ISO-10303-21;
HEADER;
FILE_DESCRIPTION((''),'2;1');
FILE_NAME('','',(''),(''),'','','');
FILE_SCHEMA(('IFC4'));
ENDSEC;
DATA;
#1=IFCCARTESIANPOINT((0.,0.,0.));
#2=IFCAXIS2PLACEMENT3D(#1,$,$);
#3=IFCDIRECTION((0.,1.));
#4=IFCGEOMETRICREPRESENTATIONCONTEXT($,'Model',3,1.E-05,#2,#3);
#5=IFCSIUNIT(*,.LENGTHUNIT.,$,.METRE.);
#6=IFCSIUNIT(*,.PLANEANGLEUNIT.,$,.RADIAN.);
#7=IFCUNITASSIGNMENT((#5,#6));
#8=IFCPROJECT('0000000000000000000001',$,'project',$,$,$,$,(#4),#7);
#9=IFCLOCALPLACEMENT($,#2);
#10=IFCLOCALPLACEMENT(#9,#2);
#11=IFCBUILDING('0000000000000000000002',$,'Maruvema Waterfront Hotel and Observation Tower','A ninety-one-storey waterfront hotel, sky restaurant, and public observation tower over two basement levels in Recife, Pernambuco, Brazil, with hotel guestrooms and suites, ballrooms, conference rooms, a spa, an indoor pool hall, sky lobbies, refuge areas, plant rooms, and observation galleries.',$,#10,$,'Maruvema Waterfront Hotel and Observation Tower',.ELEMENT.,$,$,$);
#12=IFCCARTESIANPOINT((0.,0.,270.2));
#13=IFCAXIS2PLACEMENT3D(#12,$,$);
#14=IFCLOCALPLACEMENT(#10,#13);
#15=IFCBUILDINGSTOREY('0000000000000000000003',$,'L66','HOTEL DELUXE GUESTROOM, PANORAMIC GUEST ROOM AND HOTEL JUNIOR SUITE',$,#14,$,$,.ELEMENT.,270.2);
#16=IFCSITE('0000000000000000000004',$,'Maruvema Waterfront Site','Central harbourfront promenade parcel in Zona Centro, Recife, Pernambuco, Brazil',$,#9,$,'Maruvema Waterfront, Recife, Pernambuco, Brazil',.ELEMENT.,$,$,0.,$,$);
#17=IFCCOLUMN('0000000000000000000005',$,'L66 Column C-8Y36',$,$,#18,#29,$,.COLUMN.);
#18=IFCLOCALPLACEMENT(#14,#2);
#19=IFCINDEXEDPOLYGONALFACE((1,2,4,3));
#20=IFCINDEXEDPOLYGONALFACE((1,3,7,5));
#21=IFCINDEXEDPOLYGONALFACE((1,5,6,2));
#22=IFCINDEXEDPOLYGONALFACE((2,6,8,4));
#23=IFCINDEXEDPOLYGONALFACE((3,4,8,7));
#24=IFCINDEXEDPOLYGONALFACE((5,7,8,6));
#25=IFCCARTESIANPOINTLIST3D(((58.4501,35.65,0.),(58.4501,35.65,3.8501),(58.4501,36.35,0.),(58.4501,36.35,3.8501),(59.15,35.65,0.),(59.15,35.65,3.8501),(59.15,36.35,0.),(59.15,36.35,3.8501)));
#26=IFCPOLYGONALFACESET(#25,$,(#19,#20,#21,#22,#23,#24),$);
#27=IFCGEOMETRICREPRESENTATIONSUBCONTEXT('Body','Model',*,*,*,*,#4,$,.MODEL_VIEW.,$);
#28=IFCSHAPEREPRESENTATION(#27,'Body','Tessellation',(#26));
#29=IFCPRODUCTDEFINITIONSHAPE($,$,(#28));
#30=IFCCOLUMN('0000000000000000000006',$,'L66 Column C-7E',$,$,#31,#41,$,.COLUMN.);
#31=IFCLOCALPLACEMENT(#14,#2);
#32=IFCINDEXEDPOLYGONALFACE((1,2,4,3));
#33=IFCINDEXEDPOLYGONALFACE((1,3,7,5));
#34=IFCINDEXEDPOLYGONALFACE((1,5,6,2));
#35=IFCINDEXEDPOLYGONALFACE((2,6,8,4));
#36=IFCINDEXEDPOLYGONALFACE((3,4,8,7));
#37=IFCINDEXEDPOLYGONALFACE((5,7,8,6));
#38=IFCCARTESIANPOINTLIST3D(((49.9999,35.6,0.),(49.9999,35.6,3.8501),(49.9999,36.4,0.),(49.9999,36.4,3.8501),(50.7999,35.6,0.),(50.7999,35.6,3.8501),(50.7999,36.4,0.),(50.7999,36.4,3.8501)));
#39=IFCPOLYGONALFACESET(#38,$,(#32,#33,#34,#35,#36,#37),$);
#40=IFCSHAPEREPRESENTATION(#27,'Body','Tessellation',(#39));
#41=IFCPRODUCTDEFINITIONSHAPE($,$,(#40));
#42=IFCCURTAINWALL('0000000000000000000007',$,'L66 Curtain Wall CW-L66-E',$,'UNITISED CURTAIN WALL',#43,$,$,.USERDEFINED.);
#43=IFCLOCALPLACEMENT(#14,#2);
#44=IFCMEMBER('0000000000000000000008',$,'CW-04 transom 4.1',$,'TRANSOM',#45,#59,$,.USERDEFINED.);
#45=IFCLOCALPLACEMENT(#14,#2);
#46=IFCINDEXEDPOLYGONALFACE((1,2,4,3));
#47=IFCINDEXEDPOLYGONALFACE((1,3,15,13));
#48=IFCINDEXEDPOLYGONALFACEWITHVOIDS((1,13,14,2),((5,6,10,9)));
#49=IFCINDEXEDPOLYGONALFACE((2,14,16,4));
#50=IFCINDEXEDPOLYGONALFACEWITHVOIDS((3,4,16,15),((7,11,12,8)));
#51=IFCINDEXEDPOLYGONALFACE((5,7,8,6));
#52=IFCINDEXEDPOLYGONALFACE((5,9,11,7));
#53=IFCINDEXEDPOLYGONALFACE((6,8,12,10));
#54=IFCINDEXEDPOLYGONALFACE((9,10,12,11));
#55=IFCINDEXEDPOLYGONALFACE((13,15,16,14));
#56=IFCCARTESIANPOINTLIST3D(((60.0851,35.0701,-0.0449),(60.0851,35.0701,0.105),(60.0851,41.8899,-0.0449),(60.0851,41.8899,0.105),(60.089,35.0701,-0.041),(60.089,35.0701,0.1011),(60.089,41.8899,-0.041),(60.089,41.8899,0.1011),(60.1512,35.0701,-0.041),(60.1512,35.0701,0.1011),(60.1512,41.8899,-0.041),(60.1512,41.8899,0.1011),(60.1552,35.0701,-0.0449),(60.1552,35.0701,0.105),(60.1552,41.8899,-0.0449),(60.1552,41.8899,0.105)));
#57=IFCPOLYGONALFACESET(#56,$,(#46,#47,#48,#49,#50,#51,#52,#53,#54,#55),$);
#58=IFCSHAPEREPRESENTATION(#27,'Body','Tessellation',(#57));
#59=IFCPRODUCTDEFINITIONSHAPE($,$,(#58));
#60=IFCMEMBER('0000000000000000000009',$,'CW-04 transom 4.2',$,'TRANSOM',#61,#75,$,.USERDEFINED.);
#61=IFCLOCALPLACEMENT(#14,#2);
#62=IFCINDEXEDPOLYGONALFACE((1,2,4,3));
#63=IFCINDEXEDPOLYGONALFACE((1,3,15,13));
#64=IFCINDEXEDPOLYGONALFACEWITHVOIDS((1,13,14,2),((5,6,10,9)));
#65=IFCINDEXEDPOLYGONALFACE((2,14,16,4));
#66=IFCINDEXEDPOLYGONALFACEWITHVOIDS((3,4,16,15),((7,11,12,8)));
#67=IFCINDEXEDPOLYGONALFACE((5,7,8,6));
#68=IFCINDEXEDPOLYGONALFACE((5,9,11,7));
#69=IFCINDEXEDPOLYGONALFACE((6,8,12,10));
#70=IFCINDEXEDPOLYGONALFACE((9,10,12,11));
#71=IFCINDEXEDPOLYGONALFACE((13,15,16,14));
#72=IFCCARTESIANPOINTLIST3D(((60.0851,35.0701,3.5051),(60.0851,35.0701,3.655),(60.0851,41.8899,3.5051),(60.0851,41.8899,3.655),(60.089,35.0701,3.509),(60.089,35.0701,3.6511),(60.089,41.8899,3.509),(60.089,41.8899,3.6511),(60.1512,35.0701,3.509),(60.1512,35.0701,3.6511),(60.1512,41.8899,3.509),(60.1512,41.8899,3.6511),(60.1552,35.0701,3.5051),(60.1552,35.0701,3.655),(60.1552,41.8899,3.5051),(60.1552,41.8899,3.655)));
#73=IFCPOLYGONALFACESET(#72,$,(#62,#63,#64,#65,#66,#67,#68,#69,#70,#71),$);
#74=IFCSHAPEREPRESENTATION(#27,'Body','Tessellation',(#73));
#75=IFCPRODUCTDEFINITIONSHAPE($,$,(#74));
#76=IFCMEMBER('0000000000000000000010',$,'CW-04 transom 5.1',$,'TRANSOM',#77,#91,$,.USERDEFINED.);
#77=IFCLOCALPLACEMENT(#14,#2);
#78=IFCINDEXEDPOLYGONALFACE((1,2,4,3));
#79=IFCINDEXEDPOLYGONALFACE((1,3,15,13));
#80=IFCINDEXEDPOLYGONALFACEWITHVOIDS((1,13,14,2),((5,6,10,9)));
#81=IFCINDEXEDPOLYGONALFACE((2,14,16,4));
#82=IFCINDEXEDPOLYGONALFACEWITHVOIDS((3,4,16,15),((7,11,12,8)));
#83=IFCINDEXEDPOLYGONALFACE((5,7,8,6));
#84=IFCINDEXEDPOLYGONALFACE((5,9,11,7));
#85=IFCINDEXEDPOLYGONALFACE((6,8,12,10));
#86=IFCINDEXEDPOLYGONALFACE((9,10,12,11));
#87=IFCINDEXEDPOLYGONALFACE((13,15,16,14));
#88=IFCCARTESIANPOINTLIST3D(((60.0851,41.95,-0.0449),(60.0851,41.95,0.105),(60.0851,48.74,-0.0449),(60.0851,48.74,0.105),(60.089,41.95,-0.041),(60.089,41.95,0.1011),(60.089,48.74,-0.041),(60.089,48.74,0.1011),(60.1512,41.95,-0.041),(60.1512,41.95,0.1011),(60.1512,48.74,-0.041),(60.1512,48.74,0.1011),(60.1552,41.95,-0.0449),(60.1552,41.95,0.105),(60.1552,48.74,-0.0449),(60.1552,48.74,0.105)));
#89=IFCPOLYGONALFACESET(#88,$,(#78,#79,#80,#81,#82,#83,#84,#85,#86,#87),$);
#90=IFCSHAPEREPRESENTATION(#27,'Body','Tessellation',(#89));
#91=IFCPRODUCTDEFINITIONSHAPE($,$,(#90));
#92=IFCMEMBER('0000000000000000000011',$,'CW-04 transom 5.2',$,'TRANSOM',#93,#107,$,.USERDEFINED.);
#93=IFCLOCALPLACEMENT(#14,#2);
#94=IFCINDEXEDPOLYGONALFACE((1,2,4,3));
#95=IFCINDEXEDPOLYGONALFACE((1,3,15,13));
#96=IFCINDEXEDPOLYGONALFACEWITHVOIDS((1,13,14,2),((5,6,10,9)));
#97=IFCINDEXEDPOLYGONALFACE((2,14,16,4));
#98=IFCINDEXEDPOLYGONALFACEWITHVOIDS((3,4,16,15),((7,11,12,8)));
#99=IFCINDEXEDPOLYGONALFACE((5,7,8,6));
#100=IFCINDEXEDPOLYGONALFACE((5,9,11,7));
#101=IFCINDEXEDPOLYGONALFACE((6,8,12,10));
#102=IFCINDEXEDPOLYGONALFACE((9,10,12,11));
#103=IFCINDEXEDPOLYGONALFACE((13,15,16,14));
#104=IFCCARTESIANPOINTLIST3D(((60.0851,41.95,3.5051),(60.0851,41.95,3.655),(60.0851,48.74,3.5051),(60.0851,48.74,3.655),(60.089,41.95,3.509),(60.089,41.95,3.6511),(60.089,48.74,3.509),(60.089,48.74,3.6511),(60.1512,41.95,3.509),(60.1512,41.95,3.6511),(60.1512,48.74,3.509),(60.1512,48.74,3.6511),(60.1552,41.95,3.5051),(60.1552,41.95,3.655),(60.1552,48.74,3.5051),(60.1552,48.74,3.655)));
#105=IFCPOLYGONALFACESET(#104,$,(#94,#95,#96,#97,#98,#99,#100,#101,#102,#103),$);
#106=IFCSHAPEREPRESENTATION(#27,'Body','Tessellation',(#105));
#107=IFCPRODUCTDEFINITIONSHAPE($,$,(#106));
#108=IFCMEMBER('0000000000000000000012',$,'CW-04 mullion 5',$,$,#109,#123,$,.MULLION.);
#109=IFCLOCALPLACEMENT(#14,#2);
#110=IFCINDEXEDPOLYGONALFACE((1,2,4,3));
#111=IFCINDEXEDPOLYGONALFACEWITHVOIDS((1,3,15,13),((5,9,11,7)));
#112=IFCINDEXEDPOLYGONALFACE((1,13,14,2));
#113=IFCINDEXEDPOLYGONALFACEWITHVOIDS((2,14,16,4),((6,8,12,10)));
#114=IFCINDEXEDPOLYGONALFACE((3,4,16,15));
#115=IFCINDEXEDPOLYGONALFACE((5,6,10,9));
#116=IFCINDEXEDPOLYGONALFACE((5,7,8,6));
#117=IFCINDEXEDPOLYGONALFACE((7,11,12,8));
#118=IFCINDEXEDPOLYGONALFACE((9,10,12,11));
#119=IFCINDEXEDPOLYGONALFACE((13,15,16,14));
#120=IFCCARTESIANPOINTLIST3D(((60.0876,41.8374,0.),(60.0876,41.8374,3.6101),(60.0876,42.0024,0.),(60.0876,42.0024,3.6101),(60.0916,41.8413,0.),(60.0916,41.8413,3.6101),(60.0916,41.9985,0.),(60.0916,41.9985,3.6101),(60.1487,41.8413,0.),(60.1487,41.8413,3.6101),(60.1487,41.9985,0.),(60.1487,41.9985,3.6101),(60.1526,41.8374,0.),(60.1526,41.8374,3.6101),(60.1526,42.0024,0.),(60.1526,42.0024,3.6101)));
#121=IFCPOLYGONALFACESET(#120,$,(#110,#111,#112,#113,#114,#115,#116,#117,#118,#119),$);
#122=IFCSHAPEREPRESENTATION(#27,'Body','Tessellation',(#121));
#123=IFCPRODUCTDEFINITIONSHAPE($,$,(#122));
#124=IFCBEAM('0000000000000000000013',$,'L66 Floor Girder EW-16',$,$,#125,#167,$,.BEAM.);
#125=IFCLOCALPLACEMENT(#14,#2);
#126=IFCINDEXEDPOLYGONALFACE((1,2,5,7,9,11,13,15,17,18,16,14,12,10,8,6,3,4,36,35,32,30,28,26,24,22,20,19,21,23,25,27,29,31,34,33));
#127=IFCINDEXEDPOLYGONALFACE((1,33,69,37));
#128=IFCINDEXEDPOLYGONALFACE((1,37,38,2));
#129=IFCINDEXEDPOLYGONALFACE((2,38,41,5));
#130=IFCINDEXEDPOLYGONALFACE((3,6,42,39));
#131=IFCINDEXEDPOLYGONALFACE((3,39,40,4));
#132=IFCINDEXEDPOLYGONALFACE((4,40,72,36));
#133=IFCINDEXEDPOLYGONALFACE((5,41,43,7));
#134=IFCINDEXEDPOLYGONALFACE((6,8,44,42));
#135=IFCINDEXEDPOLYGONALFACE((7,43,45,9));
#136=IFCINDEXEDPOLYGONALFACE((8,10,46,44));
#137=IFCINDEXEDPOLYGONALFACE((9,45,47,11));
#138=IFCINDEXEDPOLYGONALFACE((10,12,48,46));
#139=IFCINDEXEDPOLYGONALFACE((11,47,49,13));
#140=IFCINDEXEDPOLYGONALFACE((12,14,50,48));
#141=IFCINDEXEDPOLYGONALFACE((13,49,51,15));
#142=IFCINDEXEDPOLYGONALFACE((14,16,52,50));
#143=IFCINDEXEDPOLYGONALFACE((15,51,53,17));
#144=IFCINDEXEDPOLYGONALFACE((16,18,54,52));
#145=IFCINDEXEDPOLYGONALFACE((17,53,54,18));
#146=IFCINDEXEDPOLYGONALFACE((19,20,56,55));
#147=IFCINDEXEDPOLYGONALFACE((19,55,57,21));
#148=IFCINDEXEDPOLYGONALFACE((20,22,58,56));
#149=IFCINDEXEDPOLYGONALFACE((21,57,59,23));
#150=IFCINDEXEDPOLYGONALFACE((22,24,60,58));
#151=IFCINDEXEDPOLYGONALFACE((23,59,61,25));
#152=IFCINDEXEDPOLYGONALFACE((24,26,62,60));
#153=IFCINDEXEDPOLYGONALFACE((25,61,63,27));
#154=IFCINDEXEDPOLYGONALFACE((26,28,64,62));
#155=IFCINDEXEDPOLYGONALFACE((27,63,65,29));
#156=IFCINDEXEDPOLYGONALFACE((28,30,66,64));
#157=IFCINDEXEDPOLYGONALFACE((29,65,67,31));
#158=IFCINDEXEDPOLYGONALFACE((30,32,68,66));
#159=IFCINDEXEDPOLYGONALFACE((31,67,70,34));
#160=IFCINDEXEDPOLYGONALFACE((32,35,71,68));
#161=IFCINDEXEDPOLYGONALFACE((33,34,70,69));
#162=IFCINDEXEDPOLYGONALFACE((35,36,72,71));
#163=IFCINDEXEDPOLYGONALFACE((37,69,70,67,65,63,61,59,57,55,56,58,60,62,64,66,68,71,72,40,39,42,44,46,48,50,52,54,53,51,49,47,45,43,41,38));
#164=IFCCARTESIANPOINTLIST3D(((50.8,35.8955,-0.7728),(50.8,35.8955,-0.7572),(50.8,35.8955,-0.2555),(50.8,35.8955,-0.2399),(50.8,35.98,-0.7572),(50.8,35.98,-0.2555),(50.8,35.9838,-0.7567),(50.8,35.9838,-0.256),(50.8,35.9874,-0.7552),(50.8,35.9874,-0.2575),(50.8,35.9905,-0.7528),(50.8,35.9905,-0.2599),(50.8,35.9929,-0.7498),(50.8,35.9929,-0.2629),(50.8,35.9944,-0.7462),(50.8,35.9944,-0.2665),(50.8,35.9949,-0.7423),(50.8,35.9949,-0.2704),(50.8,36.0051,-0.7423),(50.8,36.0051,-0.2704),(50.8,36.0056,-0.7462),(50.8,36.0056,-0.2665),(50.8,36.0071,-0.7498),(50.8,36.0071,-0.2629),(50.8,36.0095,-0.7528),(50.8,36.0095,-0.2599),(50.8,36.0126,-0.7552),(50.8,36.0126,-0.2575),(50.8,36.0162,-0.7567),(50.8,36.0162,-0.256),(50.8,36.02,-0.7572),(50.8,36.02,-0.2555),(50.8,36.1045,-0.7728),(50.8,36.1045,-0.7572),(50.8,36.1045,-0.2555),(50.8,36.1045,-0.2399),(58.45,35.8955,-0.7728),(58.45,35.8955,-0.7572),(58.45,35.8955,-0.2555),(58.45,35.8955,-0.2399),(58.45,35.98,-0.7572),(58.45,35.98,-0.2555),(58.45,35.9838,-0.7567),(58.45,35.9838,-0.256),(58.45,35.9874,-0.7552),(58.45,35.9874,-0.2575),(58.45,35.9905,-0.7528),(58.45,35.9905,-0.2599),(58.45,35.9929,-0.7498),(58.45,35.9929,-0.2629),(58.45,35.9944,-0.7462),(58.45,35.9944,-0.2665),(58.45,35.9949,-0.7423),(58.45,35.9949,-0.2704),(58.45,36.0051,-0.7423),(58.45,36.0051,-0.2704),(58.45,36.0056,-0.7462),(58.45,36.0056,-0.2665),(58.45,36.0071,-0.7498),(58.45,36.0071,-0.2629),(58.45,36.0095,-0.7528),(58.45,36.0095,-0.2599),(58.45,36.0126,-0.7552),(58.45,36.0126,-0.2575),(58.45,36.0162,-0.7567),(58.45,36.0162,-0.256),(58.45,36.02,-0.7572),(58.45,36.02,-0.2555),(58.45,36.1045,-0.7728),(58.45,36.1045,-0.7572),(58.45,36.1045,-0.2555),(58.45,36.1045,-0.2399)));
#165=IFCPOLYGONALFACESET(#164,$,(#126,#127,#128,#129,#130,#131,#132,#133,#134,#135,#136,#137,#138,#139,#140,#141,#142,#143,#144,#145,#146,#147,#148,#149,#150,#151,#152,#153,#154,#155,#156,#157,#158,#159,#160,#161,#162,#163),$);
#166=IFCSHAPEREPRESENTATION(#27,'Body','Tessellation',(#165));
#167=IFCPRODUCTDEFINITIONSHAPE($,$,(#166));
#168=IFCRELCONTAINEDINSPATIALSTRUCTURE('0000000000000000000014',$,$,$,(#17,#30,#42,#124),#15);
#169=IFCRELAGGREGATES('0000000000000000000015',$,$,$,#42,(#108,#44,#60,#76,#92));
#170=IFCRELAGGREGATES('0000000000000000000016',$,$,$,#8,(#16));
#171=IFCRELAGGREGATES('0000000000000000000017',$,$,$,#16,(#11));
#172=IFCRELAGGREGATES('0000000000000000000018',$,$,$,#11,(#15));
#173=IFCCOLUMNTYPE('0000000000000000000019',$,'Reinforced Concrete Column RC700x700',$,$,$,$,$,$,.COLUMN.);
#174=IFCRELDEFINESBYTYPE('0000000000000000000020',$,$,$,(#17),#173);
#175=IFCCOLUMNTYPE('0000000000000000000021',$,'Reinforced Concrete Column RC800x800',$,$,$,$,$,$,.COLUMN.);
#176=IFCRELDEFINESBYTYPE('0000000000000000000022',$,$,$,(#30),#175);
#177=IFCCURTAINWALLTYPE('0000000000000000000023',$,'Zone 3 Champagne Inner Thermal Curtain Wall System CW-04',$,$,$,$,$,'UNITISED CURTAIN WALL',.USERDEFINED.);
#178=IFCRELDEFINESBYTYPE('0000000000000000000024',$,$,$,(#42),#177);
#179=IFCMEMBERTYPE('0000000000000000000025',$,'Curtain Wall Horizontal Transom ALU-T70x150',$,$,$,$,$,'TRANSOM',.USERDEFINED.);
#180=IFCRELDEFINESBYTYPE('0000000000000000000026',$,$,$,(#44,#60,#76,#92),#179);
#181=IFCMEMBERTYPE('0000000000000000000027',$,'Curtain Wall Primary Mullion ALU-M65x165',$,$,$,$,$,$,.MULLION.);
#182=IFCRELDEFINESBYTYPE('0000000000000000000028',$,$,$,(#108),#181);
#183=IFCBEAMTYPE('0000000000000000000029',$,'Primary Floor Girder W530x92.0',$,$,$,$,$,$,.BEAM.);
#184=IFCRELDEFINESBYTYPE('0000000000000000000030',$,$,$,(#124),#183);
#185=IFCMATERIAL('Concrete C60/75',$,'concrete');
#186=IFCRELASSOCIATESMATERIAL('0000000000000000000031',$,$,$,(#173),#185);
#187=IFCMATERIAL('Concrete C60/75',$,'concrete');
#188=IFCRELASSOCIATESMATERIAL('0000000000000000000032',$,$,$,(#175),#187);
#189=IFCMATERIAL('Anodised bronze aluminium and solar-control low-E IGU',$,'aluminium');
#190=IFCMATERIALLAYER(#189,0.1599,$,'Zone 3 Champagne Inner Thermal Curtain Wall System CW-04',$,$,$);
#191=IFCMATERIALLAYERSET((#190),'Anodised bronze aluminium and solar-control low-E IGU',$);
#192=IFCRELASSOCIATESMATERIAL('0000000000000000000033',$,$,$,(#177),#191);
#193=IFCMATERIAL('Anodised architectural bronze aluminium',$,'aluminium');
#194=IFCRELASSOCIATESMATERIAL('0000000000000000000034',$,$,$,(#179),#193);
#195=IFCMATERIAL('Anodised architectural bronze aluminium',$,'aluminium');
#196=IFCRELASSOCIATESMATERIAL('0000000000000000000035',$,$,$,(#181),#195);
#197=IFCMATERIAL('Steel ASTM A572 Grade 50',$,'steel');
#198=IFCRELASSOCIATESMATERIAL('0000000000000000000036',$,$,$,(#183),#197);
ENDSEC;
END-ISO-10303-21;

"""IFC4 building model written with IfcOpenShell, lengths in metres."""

from ifc_helpers import new_model, si_unit, direction, frame, origin, origin_2d, place, context, subcontext, project, spatial, rectangle, hollow_rectangle, i_section, extrude, material, layer, layer_set, material_profile, profile_set, type_object, element, aggregate, save


model = new_model("IFC4")

# Units and contexts
model_context = context("Model", 3, precision=1e-05, world=origin(), true_north=direction((0.0, 1.0)))
body_context = subcontext(model_context, "Body", "Model", "MODEL_VIEW")
ifc_project = project(units=[si_unit("LENGTHUNIT", "METRE"), si_unit("PLANEANGLEUNIT", "RADIAN")], contexts=[model_context])

# Site, building, storey
site_placement = place(None, origin())
site = spatial("IfcSite", under=ifc_project, at=site_placement, Name="Maruvema Waterfront Site", Description="Central harbourfront promenade parcel in Zona Centro, Recife, Pernambuco, Brazil", LongName="Maruvema Waterfront, Recife, Pernambuco, Brazil", CompositionType="ELEMENT", RefElevation=0.0)
building_placement = place(site_placement, origin())
building = spatial("IfcBuilding", under=site, at=building_placement, Name="Maruvema Waterfront Hotel and Observation Tower", Description="A ninety-one-storey waterfront hotel, sky restaurant, and public observation tower over two basement levels in Recife, Pernambuco, Brazil, with hotel guestrooms and suites, ballrooms, conference rooms, a spa, an indoor pool hall, sky lobbies, refuge areas, plant rooms, and observation galleries.", LongName="Maruvema Waterfront Hotel and Observation Tower", CompositionType="ELEMENT")
storey_placement = place(building_placement, frame((0.0, 0.0, 270.2)))
storey = spatial("IfcBuildingStorey", under=building, at=storey_placement, Name="L66", Description="HOTEL DELUXE GUESTROOM, PANORAMIC GUEST ROOM AND HOTEL JUNIOR SUITE", CompositionType="ELEMENT", Elevation=270.2)

# Columns
ifc_material_1 = material(Name="Concrete C60/75", Category="concrete")
ifc_material_profile_1 = material_profile(ifc_material_1, rectangle(XDim=0.7, YDim=0.7, at=origin_2d()), Name="RC700x700")
ifc_profile_set_1 = profile_set([ifc_material_profile_1], Name="Concrete C60/75")
column_type_1 = type_object("IfcColumnType", Name="Reinforced Concrete Column RC700x700", PredefinedType="COLUMN", material=ifc_profile_set_1)
column_1_placement = place(storey_placement, frame((58.8, 36.0, 0.0), z_axis=(0.0, 0.0, 1.0), x_axis=(1.0, 0.0, 0.0)))
element("IfcColumn", 1, at=column_1_placement, inside=storey, type_object=column_type_1, Name="L66 Column C-8Y36", PredefinedType="COLUMN", context=body_context, shape_type="SweptSolid", body=[
    extrude(rectangle(XDim=0.7, YDim=0.7, at=origin_2d()), origin(), (0.0, 0.0, 1.0), 3.8501),
])
ifc_material_2 = material(Name="Concrete C60/75", Category="concrete")
ifc_material_profile_2 = material_profile(ifc_material_2, rectangle(XDim=0.8, YDim=0.8, at=origin_2d()), Name="RC800x800")
ifc_profile_set_2 = profile_set([ifc_material_profile_2], Name="Concrete C60/75")
column_type_2 = type_object("IfcColumnType", Name="Reinforced Concrete Column RC800x800", PredefinedType="COLUMN", material=ifc_profile_set_2)
column_2_placement = place(storey_placement, frame((50.3999, 36.0, 0.0), z_axis=(0.0, 0.0, 1.0), x_axis=(1.0, 0.0, 0.0)))
element("IfcColumn", 2, at=column_2_placement, inside=storey, type_object=column_type_2, Name="L66 Column C-7E", PredefinedType="COLUMN", context=body_context, shape_type="SweptSolid", body=[
    extrude(rectangle(XDim=0.8, YDim=0.8, at=origin_2d()), origin(), (0.0, 0.0, 1.0), 3.8501),
])

# Curtain wall, members
ifc_material_3 = material(Name="Anodised bronze aluminium and solar-control low-E IGU", Category="aluminium")
ifc_layer_1 = layer(ifc_material_3, 0.1599, Name="Zone 3 Champagne Inner Thermal Curtain Wall System CW-04")
ifc_layer_set_1 = layer_set([ifc_layer_1], Name="Anodised bronze aluminium and solar-control low-E IGU")
curtain_wall_type = type_object("IfcCurtainWallType", Name="Zone 3 Champagne Inner Thermal Curtain Wall System CW-04", ElementType="UNITISED CURTAIN WALL", PredefinedType="USERDEFINED", material=ifc_layer_set_1)
curtain_wall_placement = place(storey_placement, origin())
curtain_wall = element("IfcCurtainWall", 3, at=curtain_wall_placement, inside=storey, type_object=curtain_wall_type, Name="L66 Curtain Wall CW-L66-E", ObjectType="UNITISED CURTAIN WALL", PredefinedType="USERDEFINED")
ifc_material_4 = material(Name="Anodised architectural bronze aluminium", Category="aluminium")
ifc_material_profile_3 = material_profile(ifc_material_4, hollow_rectangle(XDim=0.0701, YDim=0.1499, WallThickness=0.0039, at=origin_2d()), Name="ALU-T70x150")
ifc_profile_set_3 = profile_set([ifc_material_profile_3], Name="Anodised architectural bronze aluminium")
member_type_1 = type_object("IfcMemberType", Name="Curtain Wall Horizontal Transom ALU-T70x150", ElementType="TRANSOM", PredefinedType="USERDEFINED", material=ifc_profile_set_3)
member_1_placement = place(storey_placement, frame((60.1201, 35.0701, 0.03), z_axis=(0.0, 1.0, 0.0), x_axis=(-1.0, 0.0, 0.0)))
member_1 = element("IfcMember", 4, at=member_1_placement, type_object=member_type_1, Name="CW-04 transom 4.1", ObjectType="TRANSOM", PredefinedType="USERDEFINED", context=body_context, shape_type="SweptSolid", body=[
    extrude(hollow_rectangle(XDim=0.0701, YDim=0.1499, WallThickness=0.0039, at=origin_2d()), origin(), (0.0, 0.0, 1.0), 6.8198),
])
member_2_placement = place(storey_placement, frame((60.1201, 35.0701, 3.5801), z_axis=(0.0, 1.0, 0.0), x_axis=(-1.0, 0.0, 0.0)))
member_2 = element("IfcMember", 5, at=member_2_placement, type_object=member_type_1, Name="CW-04 transom 4.2", ObjectType="TRANSOM", PredefinedType="USERDEFINED", context=body_context, shape_type="SweptSolid", body=[
    extrude(hollow_rectangle(XDim=0.0701, YDim=0.1499, WallThickness=0.0039, at=origin_2d()), origin(), (0.0, 0.0, 1.0), 6.8198),
])
member_3_placement = place(storey_placement, frame((60.1201, 41.95, 0.03), z_axis=(0.0, 1.0, 0.0), x_axis=(-1.0, 0.0, 0.0)))
member_3 = element("IfcMember", 6, at=member_3_placement, type_object=member_type_1, Name="CW-04 transom 5.1", ObjectType="TRANSOM", PredefinedType="USERDEFINED", context=body_context, shape_type="SweptSolid", body=[
    extrude(hollow_rectangle(XDim=0.0701, YDim=0.1499, WallThickness=0.0039, at=origin_2d()), origin(), (0.0, 0.0, 1.0), 6.79),
])
member_4_placement = place(storey_placement, frame((60.1201, 41.95, 3.5801), z_axis=(0.0, 1.0, 0.0), x_axis=(-1.0, 0.0, 0.0)))
member_4 = element("IfcMember", 7, at=member_4_placement, type_object=member_type_1, Name="CW-04 transom 5.2", ObjectType="TRANSOM", PredefinedType="USERDEFINED", context=body_context, shape_type="SweptSolid", body=[
    extrude(hollow_rectangle(XDim=0.0701, YDim=0.1499, WallThickness=0.0039, at=origin_2d()), origin(), (0.0, 0.0, 1.0), 6.79),
])
ifc_material_5 = material(Name="Anodised architectural bronze aluminium", Category="aluminium")
ifc_material_profile_4 = material_profile(ifc_material_5, hollow_rectangle(XDim=0.0649, YDim=0.165, WallThickness=0.0039, at=origin_2d()), Name="ALU-M65x165")
ifc_profile_set_4 = profile_set([ifc_material_profile_4], Name="Anodised architectural bronze aluminium")
member_type_2 = type_object("IfcMemberType", Name="Curtain Wall Primary Mullion ALU-M65x165", PredefinedType="MULLION", material=ifc_profile_set_4)
member_5_placement = place(storey_placement, frame((60.1201, 41.9199, 0.0), z_axis=(0.0, 0.0, 1.0), x_axis=(-1.0, 0.0, 0.0)))
member_5 = element("IfcMember", 8, at=member_5_placement, type_object=member_type_2, Name="CW-04 mullion 5", PredefinedType="MULLION", context=body_context, shape_type="SweptSolid", body=[
    extrude(hollow_rectangle(XDim=0.0649, YDim=0.165, WallThickness=0.0039, at=origin_2d()), origin(), (0.0, 0.0, 1.0), 3.6101),
])

# Beam
ifc_material_6 = material(Name="Steel ASTM A572 Grade 50", Category="steel")
ifc_material_profile_5 = material_profile(ifc_material_6, i_section(OverallWidth=0.209, OverallDepth=0.533, WebThickness=0.0103, FlangeThickness=0.0156, FilletRadius=0.0149, at=origin_2d()), Name="W530x92.0")
ifc_profile_set_5 = profile_set([ifc_material_profile_5], Name="Steel ASTM A572 Grade 50")
beam_type_1 = type_object("IfcBeamType", Name="Primary Floor Girder W530x92.0", PredefinedType="BEAM", material=ifc_profile_set_5)
beam_1_placement = place(storey_placement, frame((50.8, 36.0, -0.5063), z_axis=(1.0, 0.0, 0.0), x_axis=(0.0, 1.0, 0.0)))
element("IfcBeam", 9, at=beam_1_placement, inside=storey, type_object=beam_type_1, Name="L66 Floor Girder EW-16", PredefinedType="BEAM", context=body_context, shape_type="SweptSolid", body=[
    extrude(i_section(OverallWidth=0.209, OverallDepth=0.533, WebThickness=0.0103, FlangeThickness=0.0156, FilletRadius=0.0149, at=origin_2d()), origin(), (0.0, 0.0, 1.0), 7.6499),
])

aggregate(curtain_wall, [member_5, member_1, member_2, member_3, member_4])

save(model, "model.ifc")
